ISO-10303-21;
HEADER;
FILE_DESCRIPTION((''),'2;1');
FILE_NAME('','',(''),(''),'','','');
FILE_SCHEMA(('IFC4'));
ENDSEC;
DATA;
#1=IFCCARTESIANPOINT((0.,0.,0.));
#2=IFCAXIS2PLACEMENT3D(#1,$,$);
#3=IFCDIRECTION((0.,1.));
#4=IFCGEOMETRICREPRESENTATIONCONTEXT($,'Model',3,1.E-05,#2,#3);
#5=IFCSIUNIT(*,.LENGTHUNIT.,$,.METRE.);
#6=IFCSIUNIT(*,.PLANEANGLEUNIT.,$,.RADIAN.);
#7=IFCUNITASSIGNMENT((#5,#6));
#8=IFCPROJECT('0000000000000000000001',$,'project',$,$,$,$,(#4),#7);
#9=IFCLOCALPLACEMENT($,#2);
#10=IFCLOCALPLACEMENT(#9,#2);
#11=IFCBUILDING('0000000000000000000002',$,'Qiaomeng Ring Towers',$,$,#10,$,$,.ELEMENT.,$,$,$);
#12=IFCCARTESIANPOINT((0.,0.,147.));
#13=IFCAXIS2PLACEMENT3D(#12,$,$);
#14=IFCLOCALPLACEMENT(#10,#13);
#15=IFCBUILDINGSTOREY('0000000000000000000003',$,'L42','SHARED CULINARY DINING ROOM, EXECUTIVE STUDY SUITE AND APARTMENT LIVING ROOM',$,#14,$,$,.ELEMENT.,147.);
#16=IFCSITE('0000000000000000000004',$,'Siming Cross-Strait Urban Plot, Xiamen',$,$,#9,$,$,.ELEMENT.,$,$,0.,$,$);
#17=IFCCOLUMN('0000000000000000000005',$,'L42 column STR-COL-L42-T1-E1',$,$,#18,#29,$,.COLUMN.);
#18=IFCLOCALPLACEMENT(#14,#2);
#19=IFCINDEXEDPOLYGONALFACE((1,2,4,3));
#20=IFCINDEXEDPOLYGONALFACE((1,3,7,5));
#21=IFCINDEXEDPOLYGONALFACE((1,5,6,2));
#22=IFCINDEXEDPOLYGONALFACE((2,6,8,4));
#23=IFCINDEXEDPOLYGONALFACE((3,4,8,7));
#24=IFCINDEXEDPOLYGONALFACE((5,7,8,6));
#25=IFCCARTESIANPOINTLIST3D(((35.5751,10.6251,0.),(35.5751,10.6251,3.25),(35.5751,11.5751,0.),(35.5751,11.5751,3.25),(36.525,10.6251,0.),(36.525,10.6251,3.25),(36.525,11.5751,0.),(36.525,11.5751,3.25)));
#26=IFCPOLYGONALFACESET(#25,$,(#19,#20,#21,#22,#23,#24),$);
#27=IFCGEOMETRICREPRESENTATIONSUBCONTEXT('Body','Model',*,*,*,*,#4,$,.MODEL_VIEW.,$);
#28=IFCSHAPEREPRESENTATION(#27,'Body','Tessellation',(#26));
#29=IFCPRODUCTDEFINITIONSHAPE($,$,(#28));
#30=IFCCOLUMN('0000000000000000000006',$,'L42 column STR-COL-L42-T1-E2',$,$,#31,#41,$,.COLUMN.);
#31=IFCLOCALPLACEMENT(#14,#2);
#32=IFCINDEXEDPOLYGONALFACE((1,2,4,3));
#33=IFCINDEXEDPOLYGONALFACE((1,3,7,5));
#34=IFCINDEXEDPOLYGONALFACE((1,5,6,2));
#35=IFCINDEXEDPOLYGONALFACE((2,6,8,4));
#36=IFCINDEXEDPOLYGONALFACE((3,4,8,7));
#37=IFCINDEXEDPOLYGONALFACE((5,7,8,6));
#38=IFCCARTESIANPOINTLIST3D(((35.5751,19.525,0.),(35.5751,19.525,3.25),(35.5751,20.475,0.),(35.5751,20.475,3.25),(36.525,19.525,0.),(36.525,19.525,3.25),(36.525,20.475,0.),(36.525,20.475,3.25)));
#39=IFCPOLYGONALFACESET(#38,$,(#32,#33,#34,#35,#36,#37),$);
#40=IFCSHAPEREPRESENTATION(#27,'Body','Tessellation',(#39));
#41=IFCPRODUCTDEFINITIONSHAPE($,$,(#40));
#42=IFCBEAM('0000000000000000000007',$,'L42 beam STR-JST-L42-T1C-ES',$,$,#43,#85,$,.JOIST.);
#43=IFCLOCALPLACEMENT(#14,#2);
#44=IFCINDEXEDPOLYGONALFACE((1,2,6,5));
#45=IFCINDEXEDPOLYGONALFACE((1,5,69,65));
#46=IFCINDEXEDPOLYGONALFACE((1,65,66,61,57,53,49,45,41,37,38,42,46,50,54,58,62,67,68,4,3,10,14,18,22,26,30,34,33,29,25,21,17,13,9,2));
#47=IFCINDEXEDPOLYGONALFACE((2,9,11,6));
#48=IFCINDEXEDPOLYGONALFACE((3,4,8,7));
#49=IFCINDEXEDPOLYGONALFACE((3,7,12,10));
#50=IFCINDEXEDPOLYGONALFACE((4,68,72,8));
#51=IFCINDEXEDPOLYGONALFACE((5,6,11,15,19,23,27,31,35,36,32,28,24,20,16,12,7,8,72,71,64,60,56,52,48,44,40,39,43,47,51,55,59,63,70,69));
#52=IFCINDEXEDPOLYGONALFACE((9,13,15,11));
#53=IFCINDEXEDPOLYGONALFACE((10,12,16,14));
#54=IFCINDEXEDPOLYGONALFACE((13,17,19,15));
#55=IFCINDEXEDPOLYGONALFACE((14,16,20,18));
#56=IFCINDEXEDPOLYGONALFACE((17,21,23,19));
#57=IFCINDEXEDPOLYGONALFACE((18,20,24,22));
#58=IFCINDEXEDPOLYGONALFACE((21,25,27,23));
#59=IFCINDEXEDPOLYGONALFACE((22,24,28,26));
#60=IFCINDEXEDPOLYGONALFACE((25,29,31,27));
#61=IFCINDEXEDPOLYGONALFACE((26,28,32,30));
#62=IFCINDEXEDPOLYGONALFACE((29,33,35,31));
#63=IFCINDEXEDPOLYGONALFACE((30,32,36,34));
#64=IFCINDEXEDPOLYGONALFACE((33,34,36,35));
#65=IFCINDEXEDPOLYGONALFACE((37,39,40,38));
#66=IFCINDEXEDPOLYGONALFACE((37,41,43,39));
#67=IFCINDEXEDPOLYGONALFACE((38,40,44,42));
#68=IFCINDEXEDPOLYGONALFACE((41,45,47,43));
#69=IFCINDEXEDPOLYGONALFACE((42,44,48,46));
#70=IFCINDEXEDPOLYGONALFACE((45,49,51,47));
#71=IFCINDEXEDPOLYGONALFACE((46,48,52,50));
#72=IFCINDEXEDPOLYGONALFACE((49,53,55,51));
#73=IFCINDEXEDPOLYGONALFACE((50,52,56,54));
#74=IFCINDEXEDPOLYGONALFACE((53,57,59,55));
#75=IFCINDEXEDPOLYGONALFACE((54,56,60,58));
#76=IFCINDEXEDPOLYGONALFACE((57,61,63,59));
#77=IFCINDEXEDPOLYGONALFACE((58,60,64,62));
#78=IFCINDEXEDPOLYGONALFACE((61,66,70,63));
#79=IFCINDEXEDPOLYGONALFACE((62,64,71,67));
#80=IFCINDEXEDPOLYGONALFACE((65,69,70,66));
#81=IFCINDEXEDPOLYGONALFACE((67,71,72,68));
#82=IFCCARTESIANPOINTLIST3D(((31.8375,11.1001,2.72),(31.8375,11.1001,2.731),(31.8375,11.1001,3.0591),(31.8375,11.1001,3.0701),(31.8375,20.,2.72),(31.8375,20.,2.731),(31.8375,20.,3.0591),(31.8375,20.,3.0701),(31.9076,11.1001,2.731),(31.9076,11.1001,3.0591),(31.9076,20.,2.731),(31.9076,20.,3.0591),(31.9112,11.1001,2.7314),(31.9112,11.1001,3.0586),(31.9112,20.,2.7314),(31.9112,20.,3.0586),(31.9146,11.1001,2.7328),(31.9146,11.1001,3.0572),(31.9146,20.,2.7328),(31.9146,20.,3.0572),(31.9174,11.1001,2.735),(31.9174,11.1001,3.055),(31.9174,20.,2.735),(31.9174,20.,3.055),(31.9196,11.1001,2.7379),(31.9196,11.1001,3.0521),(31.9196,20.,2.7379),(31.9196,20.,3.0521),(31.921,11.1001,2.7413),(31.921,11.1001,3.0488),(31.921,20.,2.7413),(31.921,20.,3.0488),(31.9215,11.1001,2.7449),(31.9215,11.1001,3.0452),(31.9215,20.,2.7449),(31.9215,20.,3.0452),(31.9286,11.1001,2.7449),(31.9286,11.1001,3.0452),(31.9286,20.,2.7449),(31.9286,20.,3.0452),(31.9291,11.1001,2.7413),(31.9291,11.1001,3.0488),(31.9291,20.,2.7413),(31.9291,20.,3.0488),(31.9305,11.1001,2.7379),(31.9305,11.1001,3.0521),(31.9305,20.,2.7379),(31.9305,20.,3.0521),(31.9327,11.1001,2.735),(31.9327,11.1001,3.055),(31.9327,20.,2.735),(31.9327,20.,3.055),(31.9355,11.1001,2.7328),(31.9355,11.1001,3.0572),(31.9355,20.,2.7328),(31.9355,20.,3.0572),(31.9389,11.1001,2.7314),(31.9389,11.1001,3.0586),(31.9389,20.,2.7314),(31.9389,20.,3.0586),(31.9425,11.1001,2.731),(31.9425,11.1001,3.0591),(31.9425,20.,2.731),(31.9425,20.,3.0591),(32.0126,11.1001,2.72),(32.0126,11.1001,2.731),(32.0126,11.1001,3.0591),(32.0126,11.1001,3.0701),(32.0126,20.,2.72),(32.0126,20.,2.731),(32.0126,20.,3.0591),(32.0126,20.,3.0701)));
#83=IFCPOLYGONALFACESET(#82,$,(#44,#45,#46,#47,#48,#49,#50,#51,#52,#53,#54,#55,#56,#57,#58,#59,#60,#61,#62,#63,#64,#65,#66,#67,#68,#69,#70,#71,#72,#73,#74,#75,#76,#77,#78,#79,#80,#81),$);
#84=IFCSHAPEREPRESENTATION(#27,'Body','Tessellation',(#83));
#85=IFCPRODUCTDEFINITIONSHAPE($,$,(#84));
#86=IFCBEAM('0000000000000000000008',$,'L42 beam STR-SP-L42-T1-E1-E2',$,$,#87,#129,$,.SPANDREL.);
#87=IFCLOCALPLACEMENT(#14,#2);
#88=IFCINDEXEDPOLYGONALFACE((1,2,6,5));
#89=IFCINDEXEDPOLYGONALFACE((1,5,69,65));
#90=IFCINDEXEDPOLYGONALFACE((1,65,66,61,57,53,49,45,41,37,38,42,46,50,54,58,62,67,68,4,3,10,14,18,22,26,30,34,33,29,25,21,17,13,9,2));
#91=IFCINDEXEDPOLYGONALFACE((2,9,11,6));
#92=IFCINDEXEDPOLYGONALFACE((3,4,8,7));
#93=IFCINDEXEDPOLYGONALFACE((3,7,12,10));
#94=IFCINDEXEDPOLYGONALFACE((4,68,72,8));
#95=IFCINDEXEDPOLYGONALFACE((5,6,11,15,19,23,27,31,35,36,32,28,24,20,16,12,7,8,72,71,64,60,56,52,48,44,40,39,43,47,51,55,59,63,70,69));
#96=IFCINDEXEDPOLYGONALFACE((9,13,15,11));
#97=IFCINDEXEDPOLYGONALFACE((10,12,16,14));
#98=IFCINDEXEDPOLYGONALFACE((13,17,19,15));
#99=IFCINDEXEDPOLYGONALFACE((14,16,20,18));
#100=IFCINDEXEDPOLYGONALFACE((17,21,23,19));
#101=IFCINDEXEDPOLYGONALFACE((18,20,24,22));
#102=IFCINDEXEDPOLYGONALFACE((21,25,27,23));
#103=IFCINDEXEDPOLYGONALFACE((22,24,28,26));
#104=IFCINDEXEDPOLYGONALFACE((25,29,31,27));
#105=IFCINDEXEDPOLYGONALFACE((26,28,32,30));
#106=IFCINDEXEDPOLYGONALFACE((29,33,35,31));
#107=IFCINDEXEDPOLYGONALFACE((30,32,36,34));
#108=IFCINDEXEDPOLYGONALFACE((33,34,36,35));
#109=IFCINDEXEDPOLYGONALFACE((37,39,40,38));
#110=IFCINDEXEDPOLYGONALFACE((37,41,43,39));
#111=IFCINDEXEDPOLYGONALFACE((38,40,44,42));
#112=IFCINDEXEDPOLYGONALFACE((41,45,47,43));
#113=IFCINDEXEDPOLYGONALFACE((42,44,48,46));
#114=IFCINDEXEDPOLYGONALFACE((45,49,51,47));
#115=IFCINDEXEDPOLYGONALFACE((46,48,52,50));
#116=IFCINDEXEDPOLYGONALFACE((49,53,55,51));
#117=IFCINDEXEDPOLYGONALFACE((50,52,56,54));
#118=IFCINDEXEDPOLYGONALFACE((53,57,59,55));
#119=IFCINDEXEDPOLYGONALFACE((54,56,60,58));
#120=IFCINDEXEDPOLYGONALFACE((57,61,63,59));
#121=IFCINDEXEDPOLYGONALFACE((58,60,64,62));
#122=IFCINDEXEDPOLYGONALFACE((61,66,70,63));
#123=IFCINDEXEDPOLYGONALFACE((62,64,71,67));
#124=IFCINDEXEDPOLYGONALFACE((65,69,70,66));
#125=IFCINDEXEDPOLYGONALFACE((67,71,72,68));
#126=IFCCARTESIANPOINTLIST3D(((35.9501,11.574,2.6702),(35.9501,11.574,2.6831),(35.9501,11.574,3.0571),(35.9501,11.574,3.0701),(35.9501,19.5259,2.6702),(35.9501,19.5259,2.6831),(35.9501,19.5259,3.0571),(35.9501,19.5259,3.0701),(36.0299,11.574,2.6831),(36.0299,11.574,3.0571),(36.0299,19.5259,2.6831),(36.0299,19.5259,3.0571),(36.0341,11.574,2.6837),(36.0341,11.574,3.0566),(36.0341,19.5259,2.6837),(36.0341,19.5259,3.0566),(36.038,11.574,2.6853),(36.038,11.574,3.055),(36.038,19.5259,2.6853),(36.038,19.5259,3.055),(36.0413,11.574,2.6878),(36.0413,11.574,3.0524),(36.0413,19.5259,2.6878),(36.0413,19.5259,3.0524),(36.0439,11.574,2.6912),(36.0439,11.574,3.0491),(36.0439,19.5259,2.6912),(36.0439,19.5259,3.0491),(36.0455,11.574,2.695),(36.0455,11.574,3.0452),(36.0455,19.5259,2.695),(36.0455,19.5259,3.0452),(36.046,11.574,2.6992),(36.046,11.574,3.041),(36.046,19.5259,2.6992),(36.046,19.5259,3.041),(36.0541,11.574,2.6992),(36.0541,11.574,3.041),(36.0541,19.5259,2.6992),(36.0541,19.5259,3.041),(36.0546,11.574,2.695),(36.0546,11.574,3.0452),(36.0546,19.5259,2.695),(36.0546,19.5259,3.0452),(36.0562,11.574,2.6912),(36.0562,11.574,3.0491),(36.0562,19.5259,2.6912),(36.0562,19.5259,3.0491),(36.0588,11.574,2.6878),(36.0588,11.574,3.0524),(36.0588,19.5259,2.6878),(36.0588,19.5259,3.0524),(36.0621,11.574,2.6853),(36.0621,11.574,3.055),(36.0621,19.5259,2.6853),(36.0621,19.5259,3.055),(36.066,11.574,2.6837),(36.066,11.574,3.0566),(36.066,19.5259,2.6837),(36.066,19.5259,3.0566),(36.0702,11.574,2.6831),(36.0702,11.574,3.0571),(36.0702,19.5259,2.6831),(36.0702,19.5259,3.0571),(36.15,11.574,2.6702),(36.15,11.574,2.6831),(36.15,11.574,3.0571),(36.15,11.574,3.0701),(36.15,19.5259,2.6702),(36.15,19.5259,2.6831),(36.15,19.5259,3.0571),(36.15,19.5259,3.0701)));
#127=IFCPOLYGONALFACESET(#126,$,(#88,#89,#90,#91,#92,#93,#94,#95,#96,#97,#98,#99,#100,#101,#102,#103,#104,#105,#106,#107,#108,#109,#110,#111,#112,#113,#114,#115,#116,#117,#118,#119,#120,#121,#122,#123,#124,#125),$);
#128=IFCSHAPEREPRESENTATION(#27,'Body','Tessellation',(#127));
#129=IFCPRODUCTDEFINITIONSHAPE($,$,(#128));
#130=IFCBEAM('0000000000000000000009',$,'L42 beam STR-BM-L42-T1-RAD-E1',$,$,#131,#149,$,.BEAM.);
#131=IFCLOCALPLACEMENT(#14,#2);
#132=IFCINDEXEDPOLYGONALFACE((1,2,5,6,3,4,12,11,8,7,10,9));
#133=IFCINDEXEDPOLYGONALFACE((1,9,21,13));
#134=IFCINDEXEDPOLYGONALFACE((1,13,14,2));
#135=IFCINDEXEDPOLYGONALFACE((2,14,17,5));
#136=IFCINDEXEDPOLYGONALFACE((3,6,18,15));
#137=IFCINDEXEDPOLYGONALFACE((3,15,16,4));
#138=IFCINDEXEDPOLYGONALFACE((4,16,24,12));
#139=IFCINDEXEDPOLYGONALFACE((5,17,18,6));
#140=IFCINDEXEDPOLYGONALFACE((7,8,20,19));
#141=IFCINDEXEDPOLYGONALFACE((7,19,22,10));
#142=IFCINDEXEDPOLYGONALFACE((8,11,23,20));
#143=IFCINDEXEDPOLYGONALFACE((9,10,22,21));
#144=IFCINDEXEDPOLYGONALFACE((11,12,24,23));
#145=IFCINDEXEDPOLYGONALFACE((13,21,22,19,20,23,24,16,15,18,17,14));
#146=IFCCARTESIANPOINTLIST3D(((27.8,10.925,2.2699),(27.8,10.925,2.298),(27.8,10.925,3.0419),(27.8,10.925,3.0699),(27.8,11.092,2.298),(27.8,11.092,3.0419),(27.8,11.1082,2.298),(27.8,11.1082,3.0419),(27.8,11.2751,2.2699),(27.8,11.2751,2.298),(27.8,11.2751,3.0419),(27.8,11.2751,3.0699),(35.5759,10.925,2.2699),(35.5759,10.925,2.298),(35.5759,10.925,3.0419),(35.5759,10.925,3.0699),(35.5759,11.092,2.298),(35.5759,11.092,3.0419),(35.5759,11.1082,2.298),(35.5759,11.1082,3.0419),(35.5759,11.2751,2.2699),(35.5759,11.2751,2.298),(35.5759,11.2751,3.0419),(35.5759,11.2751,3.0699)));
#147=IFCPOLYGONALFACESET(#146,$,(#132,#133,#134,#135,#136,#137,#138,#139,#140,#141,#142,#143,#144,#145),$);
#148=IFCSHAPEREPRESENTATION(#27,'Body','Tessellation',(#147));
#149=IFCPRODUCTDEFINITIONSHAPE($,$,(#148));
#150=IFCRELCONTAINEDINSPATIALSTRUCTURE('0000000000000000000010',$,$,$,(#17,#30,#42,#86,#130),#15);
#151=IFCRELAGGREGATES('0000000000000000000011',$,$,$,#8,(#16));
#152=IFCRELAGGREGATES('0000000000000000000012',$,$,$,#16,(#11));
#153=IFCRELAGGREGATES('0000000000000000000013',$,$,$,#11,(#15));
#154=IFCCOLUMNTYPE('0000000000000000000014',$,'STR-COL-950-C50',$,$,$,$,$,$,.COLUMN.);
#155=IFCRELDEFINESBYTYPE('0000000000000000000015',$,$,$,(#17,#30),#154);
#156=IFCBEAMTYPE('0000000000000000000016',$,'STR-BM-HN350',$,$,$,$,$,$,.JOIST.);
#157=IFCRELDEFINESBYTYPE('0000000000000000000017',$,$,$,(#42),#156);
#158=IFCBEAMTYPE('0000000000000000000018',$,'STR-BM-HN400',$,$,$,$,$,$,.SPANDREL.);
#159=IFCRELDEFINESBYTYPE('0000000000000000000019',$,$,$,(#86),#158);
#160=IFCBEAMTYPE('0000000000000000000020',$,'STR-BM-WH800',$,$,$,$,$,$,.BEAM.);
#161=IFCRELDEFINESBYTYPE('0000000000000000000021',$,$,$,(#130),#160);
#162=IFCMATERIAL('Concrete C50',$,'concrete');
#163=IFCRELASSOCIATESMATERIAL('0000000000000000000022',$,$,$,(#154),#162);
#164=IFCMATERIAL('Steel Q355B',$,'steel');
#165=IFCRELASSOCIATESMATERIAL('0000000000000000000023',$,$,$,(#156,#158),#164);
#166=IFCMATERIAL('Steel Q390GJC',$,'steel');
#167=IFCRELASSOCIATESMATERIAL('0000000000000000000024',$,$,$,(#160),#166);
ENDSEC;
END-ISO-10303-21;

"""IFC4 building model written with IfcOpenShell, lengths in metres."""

from ifc_helpers import new_model, si_unit, direction, frame, origin, origin_2d, place, context, subcontext, project, spatial, rectangle, i_section, extrude, source, transform, mapped, material, material_profile, profile_set, type_object, element, save


model = new_model("IFC4")

# Units and contexts
model_context = context("Model", 3, precision=1e-05, world=origin(), true_north=direction((0.0, 1.0)))
body_context = subcontext(model_context, "Body", "Model", "MODEL_VIEW")
ifc_project = project(units=[si_unit("LENGTHUNIT", "METRE"), si_unit("PLANEANGLEUNIT", "RADIAN")], contexts=[model_context])

# Site, building, storey
site_placement = place(None, origin())
site = spatial("IfcSite", under=ifc_project, at=site_placement, Name="Siming Cross-Strait Urban Plot, Xiamen", CompositionType="ELEMENT", RefElevation=0.0)
building_placement = place(site_placement, origin())
building = spatial("IfcBuilding", under=site, at=building_placement, Name="Qiaomeng Ring Towers", CompositionType="ELEMENT")
storey_placement = place(building_placement, frame((0.0, 0.0, 147.0)))
storey = spatial("IfcBuildingStorey", under=building, at=storey_placement, Name="L42", Description="SHARED CULINARY DINING ROOM, EXECUTIVE STUDY SUITE AND APARTMENT LIVING ROOM", CompositionType="ELEMENT", Elevation=147.0)

# Columns
ifc_material_1 = material(Name="Concrete C50", Category="concrete")
ifc_material_profile_1 = material_profile(ifc_material_1, rectangle(XDim=0.95, YDim=0.95, at=origin_2d()), Name="RC COL 950x950")
ifc_profile_set_1 = profile_set([ifc_material_profile_1], Name="Concrete C50")
column_type = type_object("IfcColumnType", Name="STR-COL-950-C50", PredefinedType="COLUMN", material=ifc_profile_set_1)
shared_shape_1 = source(origin(), body_context, "Body", "SweptSolid", [
    extrude(rectangle(XDim=0.95, YDim=0.95, at=origin_2d()), origin(), (0.0, 0.0, 1.0), 3.25),
])
for number, where, z_axis, x_axis, name in (
    (1, (36.05, 11.1001, 0.0), (0.0, 0.0, 1.0), (1.0, 0.0, 0.0), "L42 column STR-COL-L42-T1-E1"),
    (2, (36.05, 20.0, 0.0), (0.0, 0.0, 1.0), (1.0, 0.0, 0.0), "L42 column STR-COL-L42-T1-E2"),
):
    element("IfcColumn", number, at=place(storey_placement, frame(where, z_axis=z_axis, x_axis=x_axis)), inside=storey, type_object=column_type, Name=name, PredefinedType="COLUMN", context=body_context, shape_type="MappedRepresentation", body=[
        mapped(shared_shape_1, transform((0.0, 0.0, 0.0), x_axis=(1.0, 0.0, 0.0), y_axis=(0.0, 1.0, 0.0), z_axis=(0.0, 0.0, 1.0), scale=1.0)),
    ])

# Beams
ifc_material_2 = material(Name="Steel Q355B", Category="steel")
ifc_material_profile_2 = material_profile(ifc_material_2, i_section(OverallWidth=0.175, OverallDepth=0.3501, WebThickness=0.0071, FlangeThickness=0.011, FilletRadius=0.0139, at=origin_2d()), Name="HN 350x175x7x11")
ifc_profile_set_2 = profile_set([ifc_material_profile_2], Name="Steel Q355B")
beam_type_1 = type_object("IfcBeamType", Name="STR-BM-HN350", PredefinedType="JOIST", material=ifc_profile_set_2)
shared_shape_2 = source(origin(), body_context, "Body", "SweptSolid", [
    extrude(i_section(OverallWidth=0.175, OverallDepth=0.3501, WebThickness=0.0071, FlangeThickness=0.011, FilletRadius=0.0139, at=origin_2d()), origin(), (0.0, 0.0, 1.0), 8.8999),
])
beam_1_placement = place(storey_placement, frame((31.925, 11.1001, 2.895), z_axis=(0.0, 1.0, 0.0), x_axis=(-1.0, 0.0, 0.0)))
element("IfcBeam", 3, at=beam_1_placement, inside=storey, type_object=beam_type_1, Name="L42 beam STR-JST-L42-T1C-ES", PredefinedType="JOIST", context=body_context, shape_type="MappedRepresentation", body=[
    mapped(shared_shape_2, transform((0.0, 0.0, 0.0), x_axis=(1.0, 0.0, 0.0), y_axis=(0.0, 1.0, 0.0), z_axis=(0.0, 0.0, 1.0), scale=1.0)),
])
ifc_material_profile_3 = material_profile(ifc_material_2, i_section(OverallWidth=0.2, OverallDepth=0.3999, WebThickness=0.0081, FlangeThickness=0.0129, FilletRadius=0.0161, at=origin_2d()), Name="HN 400x200x8x13")
ifc_profile_set_3 = profile_set([ifc_material_profile_3], Name="Steel Q355B")
beam_type_2 = type_object("IfcBeamType", Name="STR-BM-HN400", PredefinedType="SPANDREL", material=ifc_profile_set_3)
shared_shape_3 = source(origin(), body_context, "Body", "SweptSolid", [
    extrude(i_section(OverallWidth=0.2, OverallDepth=0.3999, WebThickness=0.0081, FlangeThickness=0.0129, FilletRadius=0.0161, at=origin_2d()), origin(), (0.0, 0.0, 1.0), 7.9519),
])
beam_2_placement = place(storey_placement, frame((36.05, 11.574, 2.8701), z_axis=(0.0, 1.0, 0.0), x_axis=(-1.0, 0.0, 0.0)))
element("IfcBeam", 4, at=beam_2_placement, inside=storey, type_object=beam_type_2, Name="L42 beam STR-SP-L42-T1-E1-E2", PredefinedType="SPANDREL", context=body_context, shape_type="MappedRepresentation", body=[
    mapped(shared_shape_3, transform((0.0, 0.0, 0.0), x_axis=(1.0, 0.0, 0.0), y_axis=(0.0, 1.0, 0.0), z_axis=(0.0, 0.0, 1.0), scale=1.0)),
])
ifc_material_3 = material(Name="Steel Q390GJC", Category="steel")
ifc_material_profile_4 = material_profile(ifc_material_3, i_section(OverallWidth=0.3501, OverallDepth=0.8, WebThickness=0.0161, FlangeThickness=0.0281, at=origin_2d()), Name="WH 800x350x16x28")
ifc_profile_set_4 = profile_set([ifc_material_profile_4], Name="Steel Q390GJC")
beam_type_3 = type_object("IfcBeamType", Name="STR-BM-WH800", PredefinedType="BEAM", material=ifc_profile_set_4)
shared_shape_4 = source(origin(), body_context, "Body", "SweptSolid", [
    extrude(i_section(OverallWidth=0.3501, OverallDepth=0.8, WebThickness=0.0161, FlangeThickness=0.0281, at=origin_2d()), origin(), (0.0, 0.0, 1.0), 7.7759),
])
beam_3_placement = place(storey_placement, frame((27.8, 11.1001, 2.6699), z_axis=(1.0, 0.0, 0.0), x_axis=(0.0, 1.0, 0.0)))
element("IfcBeam", 5, at=beam_3_placement, inside=storey, type_object=beam_type_3, Name="L42 beam STR-BM-L42-T1-RAD-E1", PredefinedType="BEAM", context=body_context, shape_type="MappedRepresentation", body=[
    mapped(shared_shape_4, transform((0.0, 0.0, 0.0), x_axis=(1.0, 0.0, 0.0), y_axis=(0.0, 1.0, 0.0), z_axis=(0.0, 0.0, 1.0), scale=1.0)),
])

save(model, "model.ifc")
